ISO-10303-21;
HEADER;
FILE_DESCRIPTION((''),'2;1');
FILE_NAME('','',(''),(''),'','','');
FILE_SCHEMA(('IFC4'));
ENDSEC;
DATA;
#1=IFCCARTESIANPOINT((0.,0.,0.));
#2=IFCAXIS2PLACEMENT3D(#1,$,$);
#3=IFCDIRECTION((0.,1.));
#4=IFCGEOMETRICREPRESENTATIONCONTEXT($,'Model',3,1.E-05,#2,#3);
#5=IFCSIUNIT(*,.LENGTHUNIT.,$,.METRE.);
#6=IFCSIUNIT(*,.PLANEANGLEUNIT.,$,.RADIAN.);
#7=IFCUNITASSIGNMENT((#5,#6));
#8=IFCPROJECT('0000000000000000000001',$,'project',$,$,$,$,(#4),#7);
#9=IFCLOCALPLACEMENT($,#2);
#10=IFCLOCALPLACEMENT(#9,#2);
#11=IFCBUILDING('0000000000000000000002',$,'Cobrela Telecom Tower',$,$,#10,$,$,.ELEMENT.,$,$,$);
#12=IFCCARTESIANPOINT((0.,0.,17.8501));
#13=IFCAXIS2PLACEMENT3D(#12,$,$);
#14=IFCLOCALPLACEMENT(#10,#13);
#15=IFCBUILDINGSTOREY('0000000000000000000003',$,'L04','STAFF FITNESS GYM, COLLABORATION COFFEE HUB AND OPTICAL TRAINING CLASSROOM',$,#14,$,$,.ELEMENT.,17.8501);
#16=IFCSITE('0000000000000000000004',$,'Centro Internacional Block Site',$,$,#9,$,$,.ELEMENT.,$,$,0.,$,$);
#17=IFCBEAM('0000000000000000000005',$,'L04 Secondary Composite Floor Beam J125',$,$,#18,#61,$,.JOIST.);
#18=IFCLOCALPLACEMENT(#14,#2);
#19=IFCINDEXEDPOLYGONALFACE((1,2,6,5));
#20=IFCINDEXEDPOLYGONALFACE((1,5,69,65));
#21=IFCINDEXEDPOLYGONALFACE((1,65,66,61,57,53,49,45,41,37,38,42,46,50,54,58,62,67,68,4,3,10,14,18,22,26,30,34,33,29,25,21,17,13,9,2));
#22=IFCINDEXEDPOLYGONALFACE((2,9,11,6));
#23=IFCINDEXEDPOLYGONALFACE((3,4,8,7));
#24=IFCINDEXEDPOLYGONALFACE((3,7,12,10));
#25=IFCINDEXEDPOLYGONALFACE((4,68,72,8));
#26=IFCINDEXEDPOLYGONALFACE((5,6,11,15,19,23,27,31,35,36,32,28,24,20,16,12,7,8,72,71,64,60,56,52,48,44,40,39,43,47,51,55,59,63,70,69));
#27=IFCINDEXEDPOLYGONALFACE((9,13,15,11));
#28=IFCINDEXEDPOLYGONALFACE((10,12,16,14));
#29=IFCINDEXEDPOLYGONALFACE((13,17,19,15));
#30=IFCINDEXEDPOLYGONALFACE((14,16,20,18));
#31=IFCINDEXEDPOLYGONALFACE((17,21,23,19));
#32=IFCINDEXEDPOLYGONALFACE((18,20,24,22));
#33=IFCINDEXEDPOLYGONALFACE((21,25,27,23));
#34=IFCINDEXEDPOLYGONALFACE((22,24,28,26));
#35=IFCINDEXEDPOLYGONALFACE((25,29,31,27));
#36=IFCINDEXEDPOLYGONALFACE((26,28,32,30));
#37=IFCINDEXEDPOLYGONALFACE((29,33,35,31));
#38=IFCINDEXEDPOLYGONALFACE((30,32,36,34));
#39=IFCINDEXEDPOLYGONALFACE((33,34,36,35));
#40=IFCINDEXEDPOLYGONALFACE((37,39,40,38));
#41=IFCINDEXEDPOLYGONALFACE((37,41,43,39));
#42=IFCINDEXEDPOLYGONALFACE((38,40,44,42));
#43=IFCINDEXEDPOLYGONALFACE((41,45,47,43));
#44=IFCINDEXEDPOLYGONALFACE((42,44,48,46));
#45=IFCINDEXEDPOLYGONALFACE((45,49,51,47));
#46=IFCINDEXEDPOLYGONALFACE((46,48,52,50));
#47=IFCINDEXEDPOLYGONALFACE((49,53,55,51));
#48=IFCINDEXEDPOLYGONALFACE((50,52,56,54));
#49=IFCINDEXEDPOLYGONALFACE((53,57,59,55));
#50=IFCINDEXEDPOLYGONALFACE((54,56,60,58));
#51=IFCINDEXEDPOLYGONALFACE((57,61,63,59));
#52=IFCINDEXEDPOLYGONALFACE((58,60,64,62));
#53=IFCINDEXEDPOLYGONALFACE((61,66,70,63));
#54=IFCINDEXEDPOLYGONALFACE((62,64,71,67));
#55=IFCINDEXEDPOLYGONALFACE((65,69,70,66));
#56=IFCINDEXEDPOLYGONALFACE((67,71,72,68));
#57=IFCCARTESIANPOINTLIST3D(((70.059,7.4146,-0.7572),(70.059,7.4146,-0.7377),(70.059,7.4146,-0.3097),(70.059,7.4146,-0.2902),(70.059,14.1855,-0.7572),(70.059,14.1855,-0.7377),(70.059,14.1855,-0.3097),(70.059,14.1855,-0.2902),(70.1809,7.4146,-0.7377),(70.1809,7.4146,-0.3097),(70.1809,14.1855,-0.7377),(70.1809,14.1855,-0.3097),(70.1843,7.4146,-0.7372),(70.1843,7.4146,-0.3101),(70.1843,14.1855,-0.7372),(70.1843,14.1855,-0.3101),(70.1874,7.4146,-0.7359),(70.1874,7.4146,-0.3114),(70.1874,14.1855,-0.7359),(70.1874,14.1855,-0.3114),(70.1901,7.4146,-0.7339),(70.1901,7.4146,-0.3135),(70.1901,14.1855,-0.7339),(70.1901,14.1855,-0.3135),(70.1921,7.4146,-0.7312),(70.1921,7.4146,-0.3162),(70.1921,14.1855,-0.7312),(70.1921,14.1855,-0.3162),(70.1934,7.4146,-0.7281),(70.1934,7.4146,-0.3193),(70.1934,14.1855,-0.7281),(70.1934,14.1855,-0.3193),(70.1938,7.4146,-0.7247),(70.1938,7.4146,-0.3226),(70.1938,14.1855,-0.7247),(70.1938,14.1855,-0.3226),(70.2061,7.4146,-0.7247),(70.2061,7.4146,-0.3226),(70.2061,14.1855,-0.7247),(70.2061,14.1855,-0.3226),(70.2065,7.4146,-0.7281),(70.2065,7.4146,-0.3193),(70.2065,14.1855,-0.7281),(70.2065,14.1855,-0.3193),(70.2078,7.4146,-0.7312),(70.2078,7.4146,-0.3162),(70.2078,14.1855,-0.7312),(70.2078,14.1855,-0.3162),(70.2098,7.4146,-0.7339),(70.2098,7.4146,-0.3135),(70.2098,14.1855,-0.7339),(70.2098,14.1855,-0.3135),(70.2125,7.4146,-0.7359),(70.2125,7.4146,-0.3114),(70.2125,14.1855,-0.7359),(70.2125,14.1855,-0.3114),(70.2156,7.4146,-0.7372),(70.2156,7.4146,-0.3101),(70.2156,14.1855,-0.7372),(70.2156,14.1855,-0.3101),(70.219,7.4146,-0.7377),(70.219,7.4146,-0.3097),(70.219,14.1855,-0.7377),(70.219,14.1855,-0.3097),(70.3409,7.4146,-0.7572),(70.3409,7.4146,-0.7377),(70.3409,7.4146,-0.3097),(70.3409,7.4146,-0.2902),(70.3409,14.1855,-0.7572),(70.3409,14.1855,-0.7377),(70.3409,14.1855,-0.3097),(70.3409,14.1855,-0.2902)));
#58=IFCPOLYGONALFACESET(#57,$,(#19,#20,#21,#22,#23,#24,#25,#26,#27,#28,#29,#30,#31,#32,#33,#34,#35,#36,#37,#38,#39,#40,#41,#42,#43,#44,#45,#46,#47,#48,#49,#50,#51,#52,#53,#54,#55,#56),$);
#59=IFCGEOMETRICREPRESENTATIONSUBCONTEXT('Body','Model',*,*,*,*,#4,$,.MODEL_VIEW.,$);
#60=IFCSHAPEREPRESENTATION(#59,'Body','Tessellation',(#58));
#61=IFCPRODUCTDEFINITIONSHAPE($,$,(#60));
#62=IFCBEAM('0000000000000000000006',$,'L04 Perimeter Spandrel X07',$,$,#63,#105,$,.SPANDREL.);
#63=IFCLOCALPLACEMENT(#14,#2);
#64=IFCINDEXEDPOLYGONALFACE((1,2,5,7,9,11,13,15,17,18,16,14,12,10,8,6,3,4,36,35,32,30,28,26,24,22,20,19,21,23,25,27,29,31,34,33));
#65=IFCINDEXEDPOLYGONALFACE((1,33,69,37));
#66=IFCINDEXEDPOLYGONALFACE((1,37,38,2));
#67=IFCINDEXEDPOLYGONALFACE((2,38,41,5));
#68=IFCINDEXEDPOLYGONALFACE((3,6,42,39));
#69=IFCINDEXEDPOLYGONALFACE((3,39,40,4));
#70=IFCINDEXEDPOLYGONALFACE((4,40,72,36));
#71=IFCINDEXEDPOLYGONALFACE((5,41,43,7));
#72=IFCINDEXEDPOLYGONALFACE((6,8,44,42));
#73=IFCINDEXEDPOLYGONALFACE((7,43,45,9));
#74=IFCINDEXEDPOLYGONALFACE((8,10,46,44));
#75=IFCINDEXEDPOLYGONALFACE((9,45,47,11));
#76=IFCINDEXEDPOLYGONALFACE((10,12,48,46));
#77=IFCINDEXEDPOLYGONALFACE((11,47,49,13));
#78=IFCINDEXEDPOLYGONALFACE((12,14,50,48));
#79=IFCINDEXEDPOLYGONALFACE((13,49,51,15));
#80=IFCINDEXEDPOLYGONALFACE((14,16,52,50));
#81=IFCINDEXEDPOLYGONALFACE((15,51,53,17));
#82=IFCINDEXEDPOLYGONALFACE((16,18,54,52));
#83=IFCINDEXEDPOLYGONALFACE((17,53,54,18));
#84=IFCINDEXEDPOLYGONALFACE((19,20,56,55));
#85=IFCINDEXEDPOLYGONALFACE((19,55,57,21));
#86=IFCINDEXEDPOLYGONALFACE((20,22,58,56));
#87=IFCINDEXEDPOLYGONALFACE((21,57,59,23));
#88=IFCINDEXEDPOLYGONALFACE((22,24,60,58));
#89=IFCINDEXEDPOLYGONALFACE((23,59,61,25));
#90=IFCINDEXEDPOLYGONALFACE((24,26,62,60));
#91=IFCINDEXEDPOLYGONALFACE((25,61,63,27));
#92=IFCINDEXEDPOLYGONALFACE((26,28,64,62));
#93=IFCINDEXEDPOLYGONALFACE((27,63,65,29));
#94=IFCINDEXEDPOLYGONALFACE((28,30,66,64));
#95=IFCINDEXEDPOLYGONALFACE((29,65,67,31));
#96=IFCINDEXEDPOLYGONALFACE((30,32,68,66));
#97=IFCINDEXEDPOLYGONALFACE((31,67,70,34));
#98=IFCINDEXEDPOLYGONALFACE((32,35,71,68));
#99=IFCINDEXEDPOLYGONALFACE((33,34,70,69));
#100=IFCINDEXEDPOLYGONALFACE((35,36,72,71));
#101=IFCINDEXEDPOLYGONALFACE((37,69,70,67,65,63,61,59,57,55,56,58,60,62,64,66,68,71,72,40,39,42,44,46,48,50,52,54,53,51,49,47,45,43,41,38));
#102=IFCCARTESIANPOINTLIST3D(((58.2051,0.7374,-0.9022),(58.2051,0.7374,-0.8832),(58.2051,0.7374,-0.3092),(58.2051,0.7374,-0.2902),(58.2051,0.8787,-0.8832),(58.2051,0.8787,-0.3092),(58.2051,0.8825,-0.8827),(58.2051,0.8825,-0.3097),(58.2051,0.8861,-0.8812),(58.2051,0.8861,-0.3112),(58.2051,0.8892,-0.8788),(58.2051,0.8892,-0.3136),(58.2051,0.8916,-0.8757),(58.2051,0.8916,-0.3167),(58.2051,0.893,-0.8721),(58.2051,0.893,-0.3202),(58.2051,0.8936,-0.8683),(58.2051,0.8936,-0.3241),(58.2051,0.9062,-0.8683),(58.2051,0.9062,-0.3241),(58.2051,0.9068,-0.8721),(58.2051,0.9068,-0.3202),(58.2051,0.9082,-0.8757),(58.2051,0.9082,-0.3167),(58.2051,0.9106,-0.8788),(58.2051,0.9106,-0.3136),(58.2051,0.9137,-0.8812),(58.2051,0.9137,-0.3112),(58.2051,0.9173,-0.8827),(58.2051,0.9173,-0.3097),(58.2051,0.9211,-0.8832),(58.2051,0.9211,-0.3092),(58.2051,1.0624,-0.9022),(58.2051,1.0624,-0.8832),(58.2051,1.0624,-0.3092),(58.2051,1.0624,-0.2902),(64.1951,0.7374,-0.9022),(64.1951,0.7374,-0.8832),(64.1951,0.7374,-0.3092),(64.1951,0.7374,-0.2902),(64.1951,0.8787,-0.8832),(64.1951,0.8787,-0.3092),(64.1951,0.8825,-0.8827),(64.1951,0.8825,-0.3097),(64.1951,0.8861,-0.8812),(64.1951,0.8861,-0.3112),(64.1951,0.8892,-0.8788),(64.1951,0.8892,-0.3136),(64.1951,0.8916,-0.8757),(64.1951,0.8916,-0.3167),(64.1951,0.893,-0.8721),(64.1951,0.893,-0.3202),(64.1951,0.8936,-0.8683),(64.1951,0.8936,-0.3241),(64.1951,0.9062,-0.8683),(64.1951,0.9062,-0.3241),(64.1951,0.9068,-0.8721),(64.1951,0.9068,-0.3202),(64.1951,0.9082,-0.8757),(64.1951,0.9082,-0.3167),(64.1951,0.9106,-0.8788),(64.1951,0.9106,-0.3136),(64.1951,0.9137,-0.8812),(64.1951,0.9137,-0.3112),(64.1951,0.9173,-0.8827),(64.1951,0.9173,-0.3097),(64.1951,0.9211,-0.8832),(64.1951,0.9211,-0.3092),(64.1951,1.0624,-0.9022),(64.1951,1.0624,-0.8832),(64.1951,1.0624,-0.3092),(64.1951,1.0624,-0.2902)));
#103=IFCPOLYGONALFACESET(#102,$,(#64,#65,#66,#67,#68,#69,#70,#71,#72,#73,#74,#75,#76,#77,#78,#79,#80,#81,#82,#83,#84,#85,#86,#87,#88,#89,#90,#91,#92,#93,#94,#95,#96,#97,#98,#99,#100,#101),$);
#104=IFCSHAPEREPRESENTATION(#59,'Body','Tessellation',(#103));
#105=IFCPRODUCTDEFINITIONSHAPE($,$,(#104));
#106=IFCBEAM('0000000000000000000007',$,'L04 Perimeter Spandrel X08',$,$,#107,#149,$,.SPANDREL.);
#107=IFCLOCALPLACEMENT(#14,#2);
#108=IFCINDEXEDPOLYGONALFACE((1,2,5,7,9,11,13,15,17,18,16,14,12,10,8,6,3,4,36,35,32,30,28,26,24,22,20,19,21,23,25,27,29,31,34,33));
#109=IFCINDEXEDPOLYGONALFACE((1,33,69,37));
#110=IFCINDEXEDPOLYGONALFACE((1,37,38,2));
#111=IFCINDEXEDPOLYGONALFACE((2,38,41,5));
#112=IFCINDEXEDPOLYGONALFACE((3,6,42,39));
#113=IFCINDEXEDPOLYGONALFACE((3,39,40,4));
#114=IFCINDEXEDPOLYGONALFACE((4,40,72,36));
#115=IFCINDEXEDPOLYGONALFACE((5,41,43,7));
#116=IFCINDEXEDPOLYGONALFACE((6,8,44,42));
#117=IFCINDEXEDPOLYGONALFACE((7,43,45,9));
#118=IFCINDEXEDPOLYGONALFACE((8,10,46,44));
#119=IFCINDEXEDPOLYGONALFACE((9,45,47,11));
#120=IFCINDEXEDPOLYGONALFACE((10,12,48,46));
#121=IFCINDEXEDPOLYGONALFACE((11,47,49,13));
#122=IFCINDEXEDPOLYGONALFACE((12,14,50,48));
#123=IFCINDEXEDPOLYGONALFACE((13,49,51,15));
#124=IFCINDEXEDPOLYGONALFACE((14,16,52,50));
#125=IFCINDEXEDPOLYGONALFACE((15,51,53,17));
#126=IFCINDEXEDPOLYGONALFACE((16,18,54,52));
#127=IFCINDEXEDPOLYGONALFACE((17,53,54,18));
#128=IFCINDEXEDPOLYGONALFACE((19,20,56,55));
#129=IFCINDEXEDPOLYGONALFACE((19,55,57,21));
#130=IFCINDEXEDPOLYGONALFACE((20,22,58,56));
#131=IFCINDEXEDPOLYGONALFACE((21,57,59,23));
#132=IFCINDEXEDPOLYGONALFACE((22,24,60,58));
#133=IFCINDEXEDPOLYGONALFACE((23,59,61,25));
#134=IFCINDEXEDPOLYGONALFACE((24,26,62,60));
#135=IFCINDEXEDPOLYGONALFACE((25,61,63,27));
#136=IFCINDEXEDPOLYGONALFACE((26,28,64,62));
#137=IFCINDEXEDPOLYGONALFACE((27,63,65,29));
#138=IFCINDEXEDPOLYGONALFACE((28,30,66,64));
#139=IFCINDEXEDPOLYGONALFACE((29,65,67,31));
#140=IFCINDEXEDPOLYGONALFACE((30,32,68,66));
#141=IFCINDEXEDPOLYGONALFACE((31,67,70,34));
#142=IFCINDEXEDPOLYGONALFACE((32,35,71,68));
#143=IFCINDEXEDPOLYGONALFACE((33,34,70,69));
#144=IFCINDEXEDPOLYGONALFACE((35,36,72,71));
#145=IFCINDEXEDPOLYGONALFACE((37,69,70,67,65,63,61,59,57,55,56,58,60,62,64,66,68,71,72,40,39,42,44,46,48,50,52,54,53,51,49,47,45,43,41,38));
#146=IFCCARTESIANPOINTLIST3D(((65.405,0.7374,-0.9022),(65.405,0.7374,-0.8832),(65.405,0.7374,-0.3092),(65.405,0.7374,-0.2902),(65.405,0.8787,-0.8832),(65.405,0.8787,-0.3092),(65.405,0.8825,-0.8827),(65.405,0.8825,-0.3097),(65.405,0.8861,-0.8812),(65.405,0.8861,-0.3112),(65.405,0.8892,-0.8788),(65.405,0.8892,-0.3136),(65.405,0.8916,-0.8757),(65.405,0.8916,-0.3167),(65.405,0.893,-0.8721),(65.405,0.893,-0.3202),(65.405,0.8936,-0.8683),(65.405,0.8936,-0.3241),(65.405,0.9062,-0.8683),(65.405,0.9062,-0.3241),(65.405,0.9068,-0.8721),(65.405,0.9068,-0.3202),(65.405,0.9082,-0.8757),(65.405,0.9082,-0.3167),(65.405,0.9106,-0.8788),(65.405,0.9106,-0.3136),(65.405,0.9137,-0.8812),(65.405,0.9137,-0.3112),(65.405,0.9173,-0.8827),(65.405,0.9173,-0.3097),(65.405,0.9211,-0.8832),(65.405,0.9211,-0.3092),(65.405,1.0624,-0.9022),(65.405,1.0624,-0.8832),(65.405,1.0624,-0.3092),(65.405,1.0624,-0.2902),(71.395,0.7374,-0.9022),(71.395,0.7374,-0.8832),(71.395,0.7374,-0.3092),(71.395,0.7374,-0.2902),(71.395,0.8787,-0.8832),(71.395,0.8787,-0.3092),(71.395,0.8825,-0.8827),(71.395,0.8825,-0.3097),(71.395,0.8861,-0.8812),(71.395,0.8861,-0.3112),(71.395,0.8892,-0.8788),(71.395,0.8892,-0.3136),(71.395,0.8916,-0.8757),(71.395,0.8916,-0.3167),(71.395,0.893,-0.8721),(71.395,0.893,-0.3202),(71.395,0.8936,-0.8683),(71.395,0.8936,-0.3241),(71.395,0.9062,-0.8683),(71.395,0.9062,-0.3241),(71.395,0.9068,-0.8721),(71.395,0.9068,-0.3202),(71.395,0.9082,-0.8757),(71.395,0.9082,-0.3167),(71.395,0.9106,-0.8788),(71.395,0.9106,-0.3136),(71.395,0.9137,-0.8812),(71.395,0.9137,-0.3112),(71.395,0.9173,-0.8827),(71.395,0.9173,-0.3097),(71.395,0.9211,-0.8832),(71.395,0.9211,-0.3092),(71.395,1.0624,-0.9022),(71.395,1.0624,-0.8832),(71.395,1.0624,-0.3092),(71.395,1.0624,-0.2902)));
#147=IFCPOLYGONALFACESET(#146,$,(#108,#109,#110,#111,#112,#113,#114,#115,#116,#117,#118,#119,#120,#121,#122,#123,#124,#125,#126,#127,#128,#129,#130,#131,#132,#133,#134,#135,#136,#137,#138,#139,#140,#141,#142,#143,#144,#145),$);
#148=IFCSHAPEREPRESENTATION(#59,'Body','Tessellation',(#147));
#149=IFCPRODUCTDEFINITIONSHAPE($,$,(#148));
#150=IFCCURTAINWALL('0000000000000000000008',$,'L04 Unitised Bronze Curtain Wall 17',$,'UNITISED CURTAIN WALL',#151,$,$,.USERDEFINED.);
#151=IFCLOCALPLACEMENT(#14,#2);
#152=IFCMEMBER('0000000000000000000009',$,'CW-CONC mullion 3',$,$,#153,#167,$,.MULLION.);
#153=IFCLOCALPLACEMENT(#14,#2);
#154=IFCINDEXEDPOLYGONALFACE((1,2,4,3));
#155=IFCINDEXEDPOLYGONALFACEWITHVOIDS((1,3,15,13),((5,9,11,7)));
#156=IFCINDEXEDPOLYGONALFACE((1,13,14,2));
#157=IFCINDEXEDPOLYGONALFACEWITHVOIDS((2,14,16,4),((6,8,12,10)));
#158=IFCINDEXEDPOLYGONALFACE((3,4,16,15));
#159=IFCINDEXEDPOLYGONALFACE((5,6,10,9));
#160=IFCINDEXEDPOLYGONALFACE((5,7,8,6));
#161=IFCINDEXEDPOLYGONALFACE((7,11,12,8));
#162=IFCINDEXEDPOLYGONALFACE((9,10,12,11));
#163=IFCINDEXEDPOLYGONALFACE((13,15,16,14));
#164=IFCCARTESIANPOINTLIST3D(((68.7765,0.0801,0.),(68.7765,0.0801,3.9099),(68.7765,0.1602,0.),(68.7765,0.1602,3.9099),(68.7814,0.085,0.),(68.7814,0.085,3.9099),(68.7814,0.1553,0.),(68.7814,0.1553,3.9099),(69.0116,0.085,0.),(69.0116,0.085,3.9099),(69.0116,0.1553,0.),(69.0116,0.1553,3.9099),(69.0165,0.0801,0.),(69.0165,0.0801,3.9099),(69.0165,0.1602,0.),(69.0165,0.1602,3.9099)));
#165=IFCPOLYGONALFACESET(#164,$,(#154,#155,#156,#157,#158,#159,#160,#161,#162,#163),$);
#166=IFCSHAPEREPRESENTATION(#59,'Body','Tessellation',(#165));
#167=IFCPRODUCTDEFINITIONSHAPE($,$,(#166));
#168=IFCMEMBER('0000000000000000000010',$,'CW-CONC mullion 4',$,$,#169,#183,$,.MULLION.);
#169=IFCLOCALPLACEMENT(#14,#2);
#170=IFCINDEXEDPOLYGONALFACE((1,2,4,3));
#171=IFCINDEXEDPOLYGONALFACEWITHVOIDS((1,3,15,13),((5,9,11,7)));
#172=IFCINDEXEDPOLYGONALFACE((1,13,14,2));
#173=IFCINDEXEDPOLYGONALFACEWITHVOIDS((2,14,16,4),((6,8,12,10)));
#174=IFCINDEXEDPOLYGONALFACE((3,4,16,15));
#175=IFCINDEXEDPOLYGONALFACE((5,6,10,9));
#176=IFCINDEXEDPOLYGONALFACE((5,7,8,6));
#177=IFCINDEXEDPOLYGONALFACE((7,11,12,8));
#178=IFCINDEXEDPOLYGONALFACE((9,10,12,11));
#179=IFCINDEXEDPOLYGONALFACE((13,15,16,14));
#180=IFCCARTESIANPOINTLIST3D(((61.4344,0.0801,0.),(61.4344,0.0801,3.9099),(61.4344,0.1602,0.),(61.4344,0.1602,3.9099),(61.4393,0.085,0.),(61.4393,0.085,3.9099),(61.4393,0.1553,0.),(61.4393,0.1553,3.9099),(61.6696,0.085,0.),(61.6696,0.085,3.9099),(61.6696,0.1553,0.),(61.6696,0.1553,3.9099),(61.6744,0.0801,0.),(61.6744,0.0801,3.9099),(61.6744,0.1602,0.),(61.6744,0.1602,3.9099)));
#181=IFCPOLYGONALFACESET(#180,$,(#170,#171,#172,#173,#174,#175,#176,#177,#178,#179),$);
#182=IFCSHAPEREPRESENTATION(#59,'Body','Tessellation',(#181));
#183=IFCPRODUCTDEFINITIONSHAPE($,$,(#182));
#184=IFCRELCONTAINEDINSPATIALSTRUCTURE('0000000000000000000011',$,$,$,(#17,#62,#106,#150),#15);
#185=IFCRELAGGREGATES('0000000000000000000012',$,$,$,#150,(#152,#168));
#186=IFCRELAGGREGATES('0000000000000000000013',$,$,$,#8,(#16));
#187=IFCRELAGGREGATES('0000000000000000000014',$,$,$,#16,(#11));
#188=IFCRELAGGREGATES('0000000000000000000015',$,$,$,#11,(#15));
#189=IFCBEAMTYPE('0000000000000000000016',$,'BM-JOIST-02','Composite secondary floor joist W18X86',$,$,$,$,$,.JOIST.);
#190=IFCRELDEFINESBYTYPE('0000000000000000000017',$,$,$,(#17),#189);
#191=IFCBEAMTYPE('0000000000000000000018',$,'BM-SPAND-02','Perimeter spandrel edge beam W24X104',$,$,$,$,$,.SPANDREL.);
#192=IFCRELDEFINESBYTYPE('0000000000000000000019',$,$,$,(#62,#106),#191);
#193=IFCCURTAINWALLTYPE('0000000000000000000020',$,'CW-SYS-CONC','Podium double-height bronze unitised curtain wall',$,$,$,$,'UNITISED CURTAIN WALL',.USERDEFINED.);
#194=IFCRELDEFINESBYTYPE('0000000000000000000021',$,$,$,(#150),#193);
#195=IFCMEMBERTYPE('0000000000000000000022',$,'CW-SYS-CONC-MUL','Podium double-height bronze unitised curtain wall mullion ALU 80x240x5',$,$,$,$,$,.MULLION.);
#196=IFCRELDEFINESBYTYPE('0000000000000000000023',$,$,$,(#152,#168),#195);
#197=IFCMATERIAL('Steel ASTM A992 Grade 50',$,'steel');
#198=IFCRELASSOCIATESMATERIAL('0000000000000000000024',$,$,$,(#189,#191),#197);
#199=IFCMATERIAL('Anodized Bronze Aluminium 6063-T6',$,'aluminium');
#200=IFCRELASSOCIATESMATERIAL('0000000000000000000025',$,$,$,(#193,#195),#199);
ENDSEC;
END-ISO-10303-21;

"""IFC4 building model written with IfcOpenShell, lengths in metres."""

from ifc_helpers import new_model, si_unit, direction, frame, origin, origin_2d, place, context, subcontext, project, spatial, hollow_rectangle, i_section, extrude, material, material_profile, profile_set, type_object, element, aggregate, save


model = new_model("IFC4")

# Units and contexts
model_context = context("Model", 3, precision=1e-05, world=origin(), true_north=direction((0.0, 1.0)))
body_context = subcontext(model_context, "Body", "Model", "MODEL_VIEW")
ifc_project = project(units=[si_unit("LENGTHUNIT", "METRE"), si_unit("PLANEANGLEUNIT", "RADIAN")], contexts=[model_context])

# Site, building, storey
site_placement = place(None, origin())
site = spatial("IfcSite", under=ifc_project, at=site_placement, Name="Centro Internacional Block Site", CompositionType="ELEMENT", RefElevation=0.0)
building_placement = place(site_placement, origin())
building = spatial("IfcBuilding", under=site, at=building_placement, Name="Cobrela Telecom Tower", CompositionType="ELEMENT")
storey_placement = place(building_placement, frame((0.0, 0.0, 17.8501)))
storey = spatial("IfcBuildingStorey", under=building, at=storey_placement, Name="L04", Description="STAFF FITNESS GYM, COLLABORATION COFFEE HUB AND OPTICAL TRAINING CLASSROOM", CompositionType="ELEMENT", Elevation=17.8501)

# Beams
ifc_material_1 = material(Name="Steel ASTM A992 Grade 50", Category="steel")
ifc_material_profile_1 = material_profile(ifc_material_1, i_section(OverallWidth=0.282, OverallDepth=0.467, WebThickness=0.0122, FlangeThickness=0.0195, FilletRadius=0.0129, at=origin_2d()), Name="W18X86")
ifc_profile_set_1 = profile_set([ifc_material_profile_1], Name="Steel ASTM A992 Grade 50")
beam_type_1 = type_object("IfcBeamType", Name="BM-JOIST-02", Description="Composite secondary floor joist W18X86", PredefinedType="JOIST", material=ifc_profile_set_1)
beam_1_placement = place(storey_placement, frame((70.2, 7.4146, -0.5237), z_axis=(0.0, 1.0, 0.0), x_axis=(-1.0, 0.0, 0.0)))
element("IfcBeam", 1, at=beam_1_placement, inside=storey, type_object=beam_type_1, Name="L04 Secondary Composite Floor Beam J125", PredefinedType="JOIST", context=body_context, shape_type="SweptSolid", body=[
    extrude(i_section(OverallWidth=0.282, OverallDepth=0.467, WebThickness=0.0122, FlangeThickness=0.0195, FilletRadius=0.0129, at=origin_2d()), origin(), (0.0, 0.0, 1.0), 6.771),
])
ifc_material_profile_2 = material_profile(ifc_material_1, i_section(OverallWidth=0.325, OverallDepth=0.6121, WebThickness=0.0127, FlangeThickness=0.019, FilletRadius=0.0149, at=origin_2d()), Name="W24X104")
ifc_profile_set_2 = profile_set([ifc_material_profile_2], Name="Steel ASTM A992 Grade 50")
beam_type_2 = type_object("IfcBeamType", Name="BM-SPAND-02", Description="Perimeter spandrel edge beam W24X104", PredefinedType="SPANDREL", material=ifc_profile_set_2)
for number, where, z_axis, x_axis, name in (
    (2, (58.2051, 0.8999, -0.5962), (1.0, 0.0, 0.0), (0.0, 1.0, 0.0), "L04 Perimeter Spandrel X07"),
    (3, (65.405, 0.8999, -0.5962), (1.0, 0.0, 0.0), (0.0, 1.0, 0.0), "L04 Perimeter Spandrel X08"),
):
    element("IfcBeam", number, at=place(storey_placement, frame(where, z_axis=z_axis, x_axis=x_axis)), inside=storey, type_object=beam_type_2, Name=name, PredefinedType="SPANDREL", context=body_context, shape_type="SweptSolid", body=[
        extrude(i_section(OverallWidth=0.325, OverallDepth=0.6121, WebThickness=0.0127, FlangeThickness=0.019, FilletRadius=0.0149, at=origin_2d()), origin(), (0.0, 0.0, 1.0), 5.99),
    ])

# Curtain wall, members
ifc_material_2 = material(Name="Anodized Bronze Aluminium 6063-T6", Category="aluminium")
curtain_wall_type = type_object("IfcCurtainWallType", Name="CW-SYS-CONC", Description="Podium double-height bronze unitised curtain wall", ElementType="UNITISED CURTAIN WALL", PredefinedType="USERDEFINED", material=ifc_material_2)
curtain_wall_placement = place(storey_placement, origin())
curtain_wall = element("IfcCurtainWall", 4, at=curtain_wall_placement, inside=storey, type_object=curtain_wall_type, Name="L04 Unitised Bronze Curtain Wall 17", ObjectType="UNITISED CURTAIN WALL", PredefinedType="USERDEFINED")
ifc_material_profile_3 = material_profile(ifc_material_2, hollow_rectangle(XDim=0.0801, YDim=0.24, WallThickness=0.0049, at=origin_2d()), Name="ALU 80x240x5")
ifc_profile_set_3 = profile_set([ifc_material_profile_3], Name="Anodized Bronze Aluminium 6063-T6")
member_type_1 = type_object("IfcMemberType", Name="CW-SYS-CONC-MUL", Description="Podium double-height bronze unitised curtain wall mullion ALU 80x240x5", PredefinedType="MULLION", material=ifc_profile_set_3)
member_1_placement = place(storey_placement, frame((68.8965, 0.1201, 0.0), z_axis=(0.0, 0.0, 1.0), x_axis=(0.0, -1.0, 0.0)))
member_1 = element("IfcMember", 5, at=member_1_placement, type_object=member_type_1, Name="CW-CONC mullion 3", PredefinedType="MULLION", context=body_context, shape_type="SweptSolid", body=[
    extrude(hollow_rectangle(XDim=0.0801, YDim=0.24, WallThickness=0.0049, at=origin_2d()), origin(), (0.0, 0.0, 1.0), 3.9099),
])
member_2_placement = place(storey_placement, frame((61.5544, 0.1201, 0.0), z_axis=(0.0, 0.0, 1.0), x_axis=(0.0, -1.0, 0.0)))
member_2 = element("IfcMember", 6, at=member_2_placement, type_object=member_type_1, Name="CW-CONC mullion 4", PredefinedType="MULLION", context=body_context, shape_type="SweptSolid", body=[
    extrude(hollow_rectangle(XDim=0.0801, YDim=0.24, WallThickness=0.0049, at=origin_2d()), origin(), (0.0, 0.0, 1.0), 3.9099),
])
aggregate(curtain_wall, [member_1, member_2])

save(model, "model.ifc")
